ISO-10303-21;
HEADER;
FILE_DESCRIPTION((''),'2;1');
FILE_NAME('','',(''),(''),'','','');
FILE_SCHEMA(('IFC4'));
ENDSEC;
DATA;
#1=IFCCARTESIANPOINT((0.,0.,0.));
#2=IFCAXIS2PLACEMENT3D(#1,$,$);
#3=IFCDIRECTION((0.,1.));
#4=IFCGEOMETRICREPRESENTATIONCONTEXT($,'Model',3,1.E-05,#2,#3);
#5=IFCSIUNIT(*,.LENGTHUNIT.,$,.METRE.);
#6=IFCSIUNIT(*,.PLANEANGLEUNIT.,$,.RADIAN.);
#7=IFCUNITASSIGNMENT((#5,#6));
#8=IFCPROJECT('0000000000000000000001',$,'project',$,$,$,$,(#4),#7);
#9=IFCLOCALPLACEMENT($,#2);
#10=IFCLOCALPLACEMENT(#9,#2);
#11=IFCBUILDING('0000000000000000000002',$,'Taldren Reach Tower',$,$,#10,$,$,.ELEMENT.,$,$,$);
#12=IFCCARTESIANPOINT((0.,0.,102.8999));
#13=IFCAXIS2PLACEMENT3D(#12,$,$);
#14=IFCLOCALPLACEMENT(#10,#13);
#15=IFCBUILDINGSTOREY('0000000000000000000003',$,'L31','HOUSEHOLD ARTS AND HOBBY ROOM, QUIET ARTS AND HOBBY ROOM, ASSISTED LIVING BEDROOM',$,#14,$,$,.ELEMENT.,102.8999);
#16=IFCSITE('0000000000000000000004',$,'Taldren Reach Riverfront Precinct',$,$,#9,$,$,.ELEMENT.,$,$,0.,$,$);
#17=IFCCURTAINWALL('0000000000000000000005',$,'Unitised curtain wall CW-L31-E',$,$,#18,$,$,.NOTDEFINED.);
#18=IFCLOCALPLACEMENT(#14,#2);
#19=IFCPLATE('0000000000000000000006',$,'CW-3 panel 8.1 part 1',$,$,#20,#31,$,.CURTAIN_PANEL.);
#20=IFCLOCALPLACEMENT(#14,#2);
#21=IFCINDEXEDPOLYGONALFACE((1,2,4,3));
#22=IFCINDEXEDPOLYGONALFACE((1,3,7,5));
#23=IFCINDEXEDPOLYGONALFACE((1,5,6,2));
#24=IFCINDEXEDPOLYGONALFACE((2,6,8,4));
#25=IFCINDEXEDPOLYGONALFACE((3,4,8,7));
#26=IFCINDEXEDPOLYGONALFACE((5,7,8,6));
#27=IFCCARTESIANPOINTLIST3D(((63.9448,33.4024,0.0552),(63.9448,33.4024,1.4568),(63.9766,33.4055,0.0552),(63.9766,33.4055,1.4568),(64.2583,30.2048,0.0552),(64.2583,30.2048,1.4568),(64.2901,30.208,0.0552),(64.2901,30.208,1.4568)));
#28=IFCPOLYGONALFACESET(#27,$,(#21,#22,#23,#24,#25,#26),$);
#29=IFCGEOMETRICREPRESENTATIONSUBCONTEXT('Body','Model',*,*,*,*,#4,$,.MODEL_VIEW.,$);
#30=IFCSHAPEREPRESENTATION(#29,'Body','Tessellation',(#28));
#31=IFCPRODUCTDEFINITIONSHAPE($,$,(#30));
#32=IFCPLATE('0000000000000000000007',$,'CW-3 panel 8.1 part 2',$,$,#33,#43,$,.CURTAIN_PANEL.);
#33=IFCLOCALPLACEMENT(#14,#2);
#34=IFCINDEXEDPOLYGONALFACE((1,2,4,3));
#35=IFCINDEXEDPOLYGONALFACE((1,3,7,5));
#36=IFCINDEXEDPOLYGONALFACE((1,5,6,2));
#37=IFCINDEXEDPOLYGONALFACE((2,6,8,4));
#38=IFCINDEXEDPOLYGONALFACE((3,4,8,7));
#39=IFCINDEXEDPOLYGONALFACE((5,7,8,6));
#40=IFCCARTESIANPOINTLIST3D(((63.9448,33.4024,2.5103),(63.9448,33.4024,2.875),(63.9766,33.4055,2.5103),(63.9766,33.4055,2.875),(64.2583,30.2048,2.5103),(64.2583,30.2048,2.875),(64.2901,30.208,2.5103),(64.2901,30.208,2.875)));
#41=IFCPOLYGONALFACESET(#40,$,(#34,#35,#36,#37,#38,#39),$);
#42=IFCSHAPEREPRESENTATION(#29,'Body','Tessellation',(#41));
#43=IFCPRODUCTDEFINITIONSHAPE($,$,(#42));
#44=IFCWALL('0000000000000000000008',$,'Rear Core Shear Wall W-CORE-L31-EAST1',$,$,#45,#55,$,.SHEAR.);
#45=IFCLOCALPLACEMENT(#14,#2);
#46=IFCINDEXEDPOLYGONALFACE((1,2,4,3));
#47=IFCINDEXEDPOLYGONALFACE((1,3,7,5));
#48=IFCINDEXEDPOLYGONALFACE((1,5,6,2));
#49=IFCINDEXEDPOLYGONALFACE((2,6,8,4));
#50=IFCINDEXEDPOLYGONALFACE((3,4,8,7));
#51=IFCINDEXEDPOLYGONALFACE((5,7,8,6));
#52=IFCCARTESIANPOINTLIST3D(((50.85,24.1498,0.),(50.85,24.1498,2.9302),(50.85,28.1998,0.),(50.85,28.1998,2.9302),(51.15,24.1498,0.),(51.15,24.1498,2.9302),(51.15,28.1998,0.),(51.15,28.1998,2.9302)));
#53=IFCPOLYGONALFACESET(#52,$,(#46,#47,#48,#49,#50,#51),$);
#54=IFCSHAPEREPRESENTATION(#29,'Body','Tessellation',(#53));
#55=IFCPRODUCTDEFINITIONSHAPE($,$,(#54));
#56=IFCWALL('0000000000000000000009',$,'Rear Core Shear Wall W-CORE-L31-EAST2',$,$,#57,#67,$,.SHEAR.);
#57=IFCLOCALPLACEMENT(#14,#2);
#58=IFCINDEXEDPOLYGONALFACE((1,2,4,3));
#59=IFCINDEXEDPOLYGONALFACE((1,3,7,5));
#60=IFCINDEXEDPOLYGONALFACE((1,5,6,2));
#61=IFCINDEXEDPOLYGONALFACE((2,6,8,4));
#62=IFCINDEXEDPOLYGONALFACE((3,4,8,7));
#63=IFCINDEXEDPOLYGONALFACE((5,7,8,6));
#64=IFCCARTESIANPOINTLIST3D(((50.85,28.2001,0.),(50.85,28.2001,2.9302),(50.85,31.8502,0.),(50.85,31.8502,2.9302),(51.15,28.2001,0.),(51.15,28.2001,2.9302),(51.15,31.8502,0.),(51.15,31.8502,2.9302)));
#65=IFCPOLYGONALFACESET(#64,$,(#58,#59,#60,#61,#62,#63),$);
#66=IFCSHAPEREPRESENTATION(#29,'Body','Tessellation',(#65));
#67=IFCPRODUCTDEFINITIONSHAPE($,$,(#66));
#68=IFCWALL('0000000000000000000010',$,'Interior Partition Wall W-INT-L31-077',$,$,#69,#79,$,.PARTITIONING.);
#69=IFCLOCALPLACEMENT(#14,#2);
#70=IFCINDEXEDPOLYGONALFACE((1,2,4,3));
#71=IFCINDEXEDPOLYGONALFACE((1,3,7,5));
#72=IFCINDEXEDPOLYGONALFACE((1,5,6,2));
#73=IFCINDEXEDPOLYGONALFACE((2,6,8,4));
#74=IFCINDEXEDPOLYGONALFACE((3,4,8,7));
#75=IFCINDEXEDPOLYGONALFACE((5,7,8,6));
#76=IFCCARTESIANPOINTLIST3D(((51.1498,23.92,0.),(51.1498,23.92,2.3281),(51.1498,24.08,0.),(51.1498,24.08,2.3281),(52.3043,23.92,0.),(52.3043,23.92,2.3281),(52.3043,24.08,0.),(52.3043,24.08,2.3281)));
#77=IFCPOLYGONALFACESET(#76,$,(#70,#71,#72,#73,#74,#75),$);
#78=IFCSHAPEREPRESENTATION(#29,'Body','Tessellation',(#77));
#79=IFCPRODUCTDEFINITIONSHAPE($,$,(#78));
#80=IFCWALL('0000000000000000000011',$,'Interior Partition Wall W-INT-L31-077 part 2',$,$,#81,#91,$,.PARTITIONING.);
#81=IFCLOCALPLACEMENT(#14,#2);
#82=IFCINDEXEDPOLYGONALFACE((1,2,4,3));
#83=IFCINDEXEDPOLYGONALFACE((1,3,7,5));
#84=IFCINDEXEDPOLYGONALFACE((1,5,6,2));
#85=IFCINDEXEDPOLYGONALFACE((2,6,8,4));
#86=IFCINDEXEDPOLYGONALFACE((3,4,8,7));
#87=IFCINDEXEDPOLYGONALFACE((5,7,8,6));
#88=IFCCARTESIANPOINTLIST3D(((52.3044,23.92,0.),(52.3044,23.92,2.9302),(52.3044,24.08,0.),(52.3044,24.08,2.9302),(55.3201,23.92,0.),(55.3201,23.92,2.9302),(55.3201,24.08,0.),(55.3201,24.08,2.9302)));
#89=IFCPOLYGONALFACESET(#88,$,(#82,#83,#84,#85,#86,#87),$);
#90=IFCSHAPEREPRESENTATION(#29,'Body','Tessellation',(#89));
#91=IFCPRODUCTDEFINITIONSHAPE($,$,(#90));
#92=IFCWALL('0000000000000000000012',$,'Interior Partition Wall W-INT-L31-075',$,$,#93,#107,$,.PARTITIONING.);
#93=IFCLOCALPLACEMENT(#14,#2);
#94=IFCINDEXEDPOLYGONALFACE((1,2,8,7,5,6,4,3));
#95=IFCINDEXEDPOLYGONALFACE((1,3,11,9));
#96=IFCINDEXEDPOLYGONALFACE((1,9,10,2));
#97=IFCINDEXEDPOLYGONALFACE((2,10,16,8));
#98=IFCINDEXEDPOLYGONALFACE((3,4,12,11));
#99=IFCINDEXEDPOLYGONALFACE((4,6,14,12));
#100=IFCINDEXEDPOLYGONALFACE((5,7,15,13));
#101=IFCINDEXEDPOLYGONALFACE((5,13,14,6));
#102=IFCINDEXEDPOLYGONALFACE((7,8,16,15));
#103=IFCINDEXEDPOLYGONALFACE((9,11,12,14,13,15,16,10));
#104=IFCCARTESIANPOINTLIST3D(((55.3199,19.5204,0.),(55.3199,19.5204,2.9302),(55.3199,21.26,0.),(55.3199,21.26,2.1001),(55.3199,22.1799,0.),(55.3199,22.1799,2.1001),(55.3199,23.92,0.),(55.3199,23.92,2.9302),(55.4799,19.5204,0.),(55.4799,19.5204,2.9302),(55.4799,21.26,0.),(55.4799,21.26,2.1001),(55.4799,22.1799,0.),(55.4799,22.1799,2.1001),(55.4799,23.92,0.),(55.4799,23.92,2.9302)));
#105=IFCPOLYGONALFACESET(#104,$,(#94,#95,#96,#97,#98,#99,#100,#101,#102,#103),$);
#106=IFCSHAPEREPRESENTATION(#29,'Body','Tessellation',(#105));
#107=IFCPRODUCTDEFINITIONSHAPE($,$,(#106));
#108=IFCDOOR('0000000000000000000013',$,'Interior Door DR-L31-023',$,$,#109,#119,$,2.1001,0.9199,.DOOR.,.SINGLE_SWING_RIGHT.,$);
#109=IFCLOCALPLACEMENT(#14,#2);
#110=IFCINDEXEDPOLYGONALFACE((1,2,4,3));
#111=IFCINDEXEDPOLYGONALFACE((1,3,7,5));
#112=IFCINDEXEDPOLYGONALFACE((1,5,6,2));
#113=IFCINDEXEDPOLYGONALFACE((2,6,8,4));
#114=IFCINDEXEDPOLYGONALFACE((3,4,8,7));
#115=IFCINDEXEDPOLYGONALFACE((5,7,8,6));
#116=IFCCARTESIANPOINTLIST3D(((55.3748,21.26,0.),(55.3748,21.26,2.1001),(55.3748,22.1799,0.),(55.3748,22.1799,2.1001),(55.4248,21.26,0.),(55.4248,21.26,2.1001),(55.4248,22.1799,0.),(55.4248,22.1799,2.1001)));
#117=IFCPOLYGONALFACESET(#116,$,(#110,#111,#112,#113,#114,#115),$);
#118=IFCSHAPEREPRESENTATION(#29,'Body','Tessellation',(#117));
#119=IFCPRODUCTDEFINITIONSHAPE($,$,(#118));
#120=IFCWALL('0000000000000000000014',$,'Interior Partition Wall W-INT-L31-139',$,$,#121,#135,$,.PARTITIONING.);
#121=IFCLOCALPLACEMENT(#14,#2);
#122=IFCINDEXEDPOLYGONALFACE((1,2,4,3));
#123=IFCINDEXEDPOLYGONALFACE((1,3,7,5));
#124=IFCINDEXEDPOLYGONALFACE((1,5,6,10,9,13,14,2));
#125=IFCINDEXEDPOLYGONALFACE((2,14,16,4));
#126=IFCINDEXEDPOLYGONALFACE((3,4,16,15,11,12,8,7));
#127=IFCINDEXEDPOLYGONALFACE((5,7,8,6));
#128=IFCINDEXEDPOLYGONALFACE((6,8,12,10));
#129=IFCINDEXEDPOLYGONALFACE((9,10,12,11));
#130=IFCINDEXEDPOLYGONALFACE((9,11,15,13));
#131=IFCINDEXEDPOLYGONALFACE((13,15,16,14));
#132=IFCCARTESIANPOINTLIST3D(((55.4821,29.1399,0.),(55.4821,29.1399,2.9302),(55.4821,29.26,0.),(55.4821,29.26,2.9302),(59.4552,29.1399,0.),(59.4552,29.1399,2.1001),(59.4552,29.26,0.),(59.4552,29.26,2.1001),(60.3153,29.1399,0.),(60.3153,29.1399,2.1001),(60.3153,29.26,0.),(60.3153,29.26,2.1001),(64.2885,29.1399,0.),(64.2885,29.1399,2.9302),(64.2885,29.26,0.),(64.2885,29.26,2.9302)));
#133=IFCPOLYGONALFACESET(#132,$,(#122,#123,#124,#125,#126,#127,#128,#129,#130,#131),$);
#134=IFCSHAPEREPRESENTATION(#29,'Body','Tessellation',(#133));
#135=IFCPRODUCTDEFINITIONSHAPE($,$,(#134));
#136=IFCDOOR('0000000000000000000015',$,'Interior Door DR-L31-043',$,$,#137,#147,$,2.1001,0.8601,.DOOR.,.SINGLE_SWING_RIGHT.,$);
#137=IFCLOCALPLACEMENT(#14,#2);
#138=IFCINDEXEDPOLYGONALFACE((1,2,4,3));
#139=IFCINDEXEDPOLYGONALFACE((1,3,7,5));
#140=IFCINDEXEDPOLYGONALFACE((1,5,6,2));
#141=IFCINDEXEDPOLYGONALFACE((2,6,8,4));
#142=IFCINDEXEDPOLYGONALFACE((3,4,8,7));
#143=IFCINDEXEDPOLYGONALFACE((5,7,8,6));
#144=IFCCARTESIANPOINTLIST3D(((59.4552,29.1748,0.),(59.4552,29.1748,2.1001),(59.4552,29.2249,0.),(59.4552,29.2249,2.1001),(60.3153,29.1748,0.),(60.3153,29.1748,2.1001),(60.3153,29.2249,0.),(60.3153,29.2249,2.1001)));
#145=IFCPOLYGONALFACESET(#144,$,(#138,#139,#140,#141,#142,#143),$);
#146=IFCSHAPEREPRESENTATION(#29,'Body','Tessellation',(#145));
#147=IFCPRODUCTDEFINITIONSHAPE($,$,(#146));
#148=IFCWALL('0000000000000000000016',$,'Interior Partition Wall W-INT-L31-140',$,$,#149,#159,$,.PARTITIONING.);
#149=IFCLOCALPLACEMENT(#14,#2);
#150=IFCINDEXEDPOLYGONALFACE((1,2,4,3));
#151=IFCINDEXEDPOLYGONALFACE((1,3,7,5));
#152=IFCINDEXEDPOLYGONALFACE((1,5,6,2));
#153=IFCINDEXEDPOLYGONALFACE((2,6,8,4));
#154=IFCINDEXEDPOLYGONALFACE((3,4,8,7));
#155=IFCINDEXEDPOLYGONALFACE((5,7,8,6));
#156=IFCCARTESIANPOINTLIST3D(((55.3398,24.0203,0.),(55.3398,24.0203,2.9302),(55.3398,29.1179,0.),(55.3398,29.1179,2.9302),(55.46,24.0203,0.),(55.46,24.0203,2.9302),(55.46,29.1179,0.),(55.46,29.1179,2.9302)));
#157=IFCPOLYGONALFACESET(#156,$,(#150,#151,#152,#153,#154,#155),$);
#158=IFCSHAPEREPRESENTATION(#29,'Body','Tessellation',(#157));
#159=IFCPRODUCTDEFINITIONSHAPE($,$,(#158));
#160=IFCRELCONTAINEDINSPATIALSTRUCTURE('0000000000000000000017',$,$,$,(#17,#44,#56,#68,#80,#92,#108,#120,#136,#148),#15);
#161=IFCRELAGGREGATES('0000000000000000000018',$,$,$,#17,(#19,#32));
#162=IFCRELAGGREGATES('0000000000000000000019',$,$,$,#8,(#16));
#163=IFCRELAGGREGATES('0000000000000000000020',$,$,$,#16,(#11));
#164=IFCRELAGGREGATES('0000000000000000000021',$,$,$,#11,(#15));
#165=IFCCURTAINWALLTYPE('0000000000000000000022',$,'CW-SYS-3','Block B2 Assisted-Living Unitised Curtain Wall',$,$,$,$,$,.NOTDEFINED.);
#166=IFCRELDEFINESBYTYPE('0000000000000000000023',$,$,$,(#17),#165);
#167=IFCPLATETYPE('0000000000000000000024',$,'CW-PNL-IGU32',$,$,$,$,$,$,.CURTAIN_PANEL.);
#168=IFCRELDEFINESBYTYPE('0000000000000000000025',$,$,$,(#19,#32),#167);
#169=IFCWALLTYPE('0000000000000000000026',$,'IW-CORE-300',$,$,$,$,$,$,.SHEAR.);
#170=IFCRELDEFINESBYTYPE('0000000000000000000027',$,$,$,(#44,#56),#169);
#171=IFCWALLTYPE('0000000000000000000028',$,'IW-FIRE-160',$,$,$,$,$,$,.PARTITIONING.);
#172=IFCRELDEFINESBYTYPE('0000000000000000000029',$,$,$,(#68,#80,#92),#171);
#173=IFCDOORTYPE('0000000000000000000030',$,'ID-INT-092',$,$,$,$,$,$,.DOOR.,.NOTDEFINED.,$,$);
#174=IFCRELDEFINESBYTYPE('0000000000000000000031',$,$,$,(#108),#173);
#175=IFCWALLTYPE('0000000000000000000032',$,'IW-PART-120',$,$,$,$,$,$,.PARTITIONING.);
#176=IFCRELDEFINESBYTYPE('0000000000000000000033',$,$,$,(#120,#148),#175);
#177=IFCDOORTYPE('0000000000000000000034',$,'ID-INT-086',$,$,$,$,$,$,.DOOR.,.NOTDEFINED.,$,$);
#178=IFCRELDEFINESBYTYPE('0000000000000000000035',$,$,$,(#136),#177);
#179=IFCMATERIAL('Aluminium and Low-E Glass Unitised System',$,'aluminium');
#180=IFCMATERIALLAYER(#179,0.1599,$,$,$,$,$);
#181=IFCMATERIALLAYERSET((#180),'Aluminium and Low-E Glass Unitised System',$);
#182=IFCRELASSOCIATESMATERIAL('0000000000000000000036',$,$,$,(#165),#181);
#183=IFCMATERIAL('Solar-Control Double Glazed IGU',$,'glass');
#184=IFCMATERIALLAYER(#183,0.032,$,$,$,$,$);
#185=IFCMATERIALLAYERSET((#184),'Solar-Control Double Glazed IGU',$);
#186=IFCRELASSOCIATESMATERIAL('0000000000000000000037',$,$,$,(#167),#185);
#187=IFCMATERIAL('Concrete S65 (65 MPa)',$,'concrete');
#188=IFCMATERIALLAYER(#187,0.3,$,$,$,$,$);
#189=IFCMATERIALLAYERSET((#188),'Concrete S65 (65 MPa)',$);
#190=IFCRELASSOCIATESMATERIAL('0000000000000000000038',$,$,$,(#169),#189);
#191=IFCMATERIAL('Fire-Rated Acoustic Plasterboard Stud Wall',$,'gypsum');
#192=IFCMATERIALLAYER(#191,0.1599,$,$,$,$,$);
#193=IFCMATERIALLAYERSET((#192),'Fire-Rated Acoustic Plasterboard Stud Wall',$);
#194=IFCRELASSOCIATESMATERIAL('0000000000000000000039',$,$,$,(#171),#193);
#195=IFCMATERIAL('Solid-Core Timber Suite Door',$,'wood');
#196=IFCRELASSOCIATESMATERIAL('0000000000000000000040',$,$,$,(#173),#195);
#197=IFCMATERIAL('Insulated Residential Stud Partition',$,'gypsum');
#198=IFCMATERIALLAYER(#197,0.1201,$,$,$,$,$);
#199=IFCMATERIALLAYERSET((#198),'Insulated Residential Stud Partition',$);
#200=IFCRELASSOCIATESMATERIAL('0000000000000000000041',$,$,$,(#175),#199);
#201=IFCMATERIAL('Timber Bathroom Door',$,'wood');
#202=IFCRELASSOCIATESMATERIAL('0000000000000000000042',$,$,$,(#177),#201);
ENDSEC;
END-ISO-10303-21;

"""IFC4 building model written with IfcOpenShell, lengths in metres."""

from ifc_helpers import new_model, si_unit, direction, frame, frame_2d, origin, origin_2d, place, context, subcontext, project, spatial, rectangle, extrude, source, transform, mapped, material, layer, layer_set, type_object, element, fill, aggregate, save


model = new_model("IFC4")

# Units and contexts
model_context = context("Model", 3, precision=1e-05, world=origin(), true_north=direction((0.0, 1.0)))
body_context = subcontext(model_context, "Body", "Model", "MODEL_VIEW")
ifc_project = project(units=[si_unit("LENGTHUNIT", "METRE"), si_unit("PLANEANGLEUNIT", "RADIAN")], contexts=[model_context])

# Site, building, storey
site_placement = place(None, origin())
site = spatial("IfcSite", under=ifc_project, at=site_placement, Name="Taldren Reach Riverfront Precinct", CompositionType="ELEMENT", RefElevation=0.0)
building_placement = place(site_placement, origin())
building = spatial("IfcBuilding", under=site, at=building_placement, Name="Taldren Reach Tower", CompositionType="ELEMENT")
storey_placement = place(building_placement, frame((0.0, 0.0, 102.8999)))
storey = spatial("IfcBuildingStorey", under=building, at=storey_placement, Name="L31", Description="HOUSEHOLD ARTS AND HOBBY ROOM, QUIET ARTS AND HOBBY ROOM, ASSISTED LIVING BEDROOM", CompositionType="ELEMENT", Elevation=102.8999)

# Shared definitions
ifc_material_1 = material(Name="Concrete S65 (65 MPa)", Category="concrete")

# Curtain wall, plates
ifc_material_2 = material(Name="Aluminium and Low-E Glass Unitised System", Category="aluminium")
ifc_layer_1 = layer(ifc_material_2, 0.1599)
ifc_layer_set_1 = layer_set([ifc_layer_1], Name="Aluminium and Low-E Glass Unitised System")
curtain_wall_type = type_object("IfcCurtainWallType", Name="CW-SYS-3", Description="Block B2 Assisted-Living Unitised Curtain Wall", PredefinedType="NOTDEFINED", material=ifc_layer_set_1)
curtain_wall_placement = place(storey_placement, origin())
curtain_wall = element("IfcCurtainWall", 1, at=curtain_wall_placement, inside=storey, type_object=curtain_wall_type, Name="Unitised curtain wall CW-L31-E", PredefinedType="NOTDEFINED")
ifc_material_3 = material(Name="Solar-Control Double Glazed IGU", Category="glass")
ifc_layer_2 = layer(ifc_material_3, 0.032)
ifc_layer_set_2 = layer_set([ifc_layer_2], Name="Solar-Control Double Glazed IGU")
plate_type = type_object("IfcPlateType", Name="CW-PNL-IGU32", PredefinedType="CURTAIN_PANEL", material=ifc_layer_set_2)
shared_shape_1 = source(origin(), body_context, "Body", "SweptSolid", [
    extrude(rectangle(XDim=3.2129, YDim=0.032, at=origin_2d()), origin(), (0.0, 0.0, 1.0), 1.4016),
])
plate_1_placement = place(storey_placement, frame((64.1174, 31.8052, 0.0552), z_axis=(0.0, 0.0, 1.0), x_axis=(-0.097583, 0.995227, 0.0)))
plate_1 = element("IfcPlate", 2, at=plate_1_placement, type_object=plate_type, Name="CW-3 panel 8.1 part 1", PredefinedType="CURTAIN_PANEL", context=body_context, shape_type="MappedRepresentation", body=[
    mapped(shared_shape_1, transform((0.0, 0.0, 0.0), scale=1.0)),
])
shared_shape_2 = source(origin(), body_context, "Body", "SweptSolid", [
    extrude(rectangle(XDim=3.2129, YDim=0.032, at=origin_2d()), origin(), (0.0, 0.0, 1.0), 0.3647),
])
plate_2_placement = place(storey_placement, frame((64.1174, 31.8052, 2.5103), z_axis=(0.0, 0.0, 1.0), x_axis=(-0.097583, 0.995227, 0.0)))
plate_2 = element("IfcPlate", 3, at=plate_2_placement, type_object=plate_type, Name="CW-3 panel 8.1 part 2", PredefinedType="CURTAIN_PANEL", context=body_context, shape_type="MappedRepresentation", body=[
    mapped(shared_shape_2, transform((0.0, 0.0, 0.0), scale=1.0)),
])
aggregate(curtain_wall, [plate_1, plate_2])

# Walls
ifc_layer_3 = layer(ifc_material_1, 0.3)
ifc_layer_set_3 = layer_set([ifc_layer_3], Name="Concrete S65 (65 MPa)")
wall_type_1 = type_object("IfcWallType", Name="IW-CORE-300", PredefinedType="SHEAR", material=ifc_layer_set_3)
shared_shape_3 = source(origin(), body_context, "Body", "SweptSolid", [
    extrude(rectangle(XDim=4.05, YDim=0.3, at=frame_2d((2.0249, 0.0))), origin(), (0.0, 0.0, 1.0), 2.9302),
])
wall_1_placement = place(storey_placement, frame((51.0, 24.1499, 0.0), z_axis=(0.0, 0.0, 1.0), x_axis=(0.0, 1.0, 0.0)))
element("IfcWall", 4, at=wall_1_placement, inside=storey, type_object=wall_type_1, Name="Rear Core Shear Wall W-CORE-L31-EAST1", PredefinedType="SHEAR", context=body_context, shape_type="MappedRepresentation", body=[
    mapped(shared_shape_3, transform((0.0, 0.0, 0.0), scale=1.0)),
])
shared_shape_4 = source(origin(), body_context, "Body", "SweptSolid", [
    extrude(rectangle(XDim=3.6501, YDim=0.3, at=frame_2d((1.8252, 0.0))), origin(), (0.0, 0.0, 1.0), 2.9302),
])
wall_2_placement = place(storey_placement, frame((51.0, 28.2, 0.0), z_axis=(0.0, 0.0, 1.0), x_axis=(0.0, 1.0, 0.0)))
element("IfcWall", 5, at=wall_2_placement, inside=storey, type_object=wall_type_1, Name="Rear Core Shear Wall W-CORE-L31-EAST2", PredefinedType="SHEAR", context=body_context, shape_type="MappedRepresentation", body=[
    mapped(shared_shape_4, transform((0.0, 0.0, 0.0), scale=1.0)),
])
ifc_material_4 = material(Name="Fire-Rated Acoustic Plasterboard Stud Wall", Category="gypsum")
ifc_layer_4 = layer(ifc_material_4, 0.1599)
ifc_layer_set_4 = layer_set([ifc_layer_4], Name="Fire-Rated Acoustic Plasterboard Stud Wall")
wall_type_2 = type_object("IfcWallType", Name="IW-FIRE-160", PredefinedType="PARTITIONING", material=ifc_layer_set_4)
shared_shape_5 = source(origin(), body_context, "Body", "SweptSolid", [
    extrude(rectangle(XDim=1.1545, YDim=0.1599, at=frame_2d((0.5771, 0.0))), origin(), (0.0, 0.0, 1.0), 2.3281),
])
wall_3_placement = place(storey_placement, frame((51.1499, 24.0, 0.0), z_axis=(0.0, 0.0, 1.0), x_axis=(1.0, 0.0, 0.0)))
element("IfcWall", 6, at=wall_3_placement, inside=storey, type_object=wall_type_2, Name="Interior Partition Wall W-INT-L31-077", PredefinedType="PARTITIONING", context=body_context, shape_type="MappedRepresentation", body=[
    mapped(shared_shape_5, transform((0.0, 0.0, 0.0), scale=1.0)),
])
shared_shape_6 = source(origin(), body_context, "Body", "SweptSolid", [
    extrude(rectangle(XDim=3.0156, YDim=0.1599, at=frame_2d((1.5078, 0.0))), origin(), (0.0, 0.0, 1.0), 2.9302),
])
wall_4_placement = place(storey_placement, frame((52.3044, 24.0, 0.0), z_axis=(0.0, 0.0, 1.0), x_axis=(1.0, 0.0, 0.0)))
element("IfcWall", 7, at=wall_4_placement, inside=storey, type_object=wall_type_2, Name="Interior Partition Wall W-INT-L31-077 part 2", PredefinedType="PARTITIONING", context=body_context, shape_type="MappedRepresentation", body=[
    mapped(shared_shape_6, transform((0.0, 0.0, 0.0), scale=1.0)),
])

# Walls, openings, doors
shared_shape_7 = source(origin(), body_context, "Body", "SweptSolid", [
    extrude(rectangle(XDim=4.3997, YDim=0.1599, at=frame_2d((2.1997, 0.0))), origin(), (0.0, 0.0, 1.0), 2.9302),
])
wall_5_placement = place(storey_placement, frame((55.3999, 23.9199, 0.0), z_axis=(0.0, 0.0, 1.0), x_axis=(0.0, -1.0, 0.0)))
wall_5 = element("IfcWall", 8, at=wall_5_placement, inside=storey, type_object=wall_type_2, Name="Interior Partition Wall W-INT-L31-075", PredefinedType="PARTITIONING", context=body_context, shape_type="MappedRepresentation", body=[
    mapped(shared_shape_7, transform((0.0, 0.0, 0.0), scale=1.0)),
])
shared_shape_8 = source(origin(), body_context, "Body", "SweptSolid", [
    extrude(rectangle(XDim=0.9199, YDim=2.1001, at=frame_2d((0.46, 1.05))), frame((0.0, 0.0898, 0.0), z_axis=(0.0, -1.0, 0.0), x_axis=(1.0, 0.0, 0.0)), (0.0, 0.0, 1.0), 0.1799),
])
opening_1_placement = place(wall_5_placement, frame((1.74, 0.0, 0.0)))
opening_1 = element("IfcOpeningElement", 9, at=opening_1_placement, cuts=wall_5, PredefinedType="OPENING", context=body_context, shape_type="MappedRepresentation", body=[
    mapped(shared_shape_8, transform((0.0, 0.0, 0.0), scale=1.0)),
])
ifc_material_5 = material(Name="Solid-Core Timber Suite Door", Category="wood")
door_type_1 = type_object("IfcDoorType", Name="ID-INT-092", OperationType="NOTDEFINED", PredefinedType="DOOR", material=ifc_material_5)
shared_shape_9 = source(origin(), body_context, "Body", "SweptSolid", [
    extrude(rectangle(XDim=0.9199, YDim=2.1001, at=frame_2d((0.46, 1.05))), frame((0.0, 0.0249, 0.0), z_axis=(0.0, -1.0, 0.0), x_axis=(1.0, 0.0, 0.0)), (0.0, 0.0, 1.0), 0.05),
])
door_1_placement = place(opening_1_placement, origin())
door_1 = element("IfcDoor", 10, at=door_1_placement, inside=storey, type_object=door_type_1, Name="Interior Door DR-L31-023", OperationType="SINGLE_SWING_RIGHT", OverallHeight=2.1001, OverallWidth=0.9199, PredefinedType="DOOR", context=body_context, shape_type="MappedRepresentation", body=[
    mapped(shared_shape_9, transform((0.0, 0.0, 0.0), scale=1.0)),
])
fill(opening_1, door_1)
ifc_material_6 = material(Name="Insulated Residential Stud Partition", Category="gypsum")
ifc_layer_5 = layer(ifc_material_6, 0.1201)
ifc_layer_set_5 = layer_set([ifc_layer_5], Name="Insulated Residential Stud Partition")
wall_type_3 = type_object("IfcWallType", Name="IW-PART-120", PredefinedType="PARTITIONING", material=ifc_layer_set_5)
shared_shape_10 = source(origin(), body_context, "Body", "SweptSolid", [
    extrude(rectangle(XDim=8.8064, YDim=0.1201, at=frame_2d((4.4033, 0.0))), origin(), (0.0, 0.0, 1.0), 2.9302),
])
wall_6_placement = place(storey_placement, frame((55.4819, 29.2, 0.0), z_axis=(0.0, 0.0, 1.0), x_axis=(1.0, 0.0, 0.0)))
wall_6 = element("IfcWall", 11, at=wall_6_placement, inside=storey, type_object=wall_type_3, Name="Interior Partition Wall W-INT-L31-139", PredefinedType="PARTITIONING", context=body_context, shape_type="MappedRepresentation", body=[
    mapped(shared_shape_10, transform((0.0, 0.0, 0.0), scale=1.0)),
])
shared_shape_11 = source(origin(), body_context, "Body", "SweptSolid", [
    extrude(rectangle(XDim=0.8601, YDim=2.1001, at=frame_2d((0.4302, 1.05))), frame((0.0, 0.0701, 0.0), z_axis=(0.0, -1.0, 0.0), x_axis=(1.0, 0.0, 0.0)), (0.0, 0.0, 1.0), 0.1401),
])
opening_2_placement = place(wall_6_placement, frame((3.9731, 0.0, 0.0)))
opening_2 = element("IfcOpeningElement", 12, at=opening_2_placement, cuts=wall_6, PredefinedType="OPENING", context=body_context, shape_type="MappedRepresentation", body=[
    mapped(shared_shape_11, transform((0.0, 0.0, 0.0), scale=1.0)),
])
ifc_material_7 = material(Name="Timber Bathroom Door", Category="wood")
door_type_2 = type_object("IfcDoorType", Name="ID-INT-086", OperationType="NOTDEFINED", PredefinedType="DOOR", material=ifc_material_7)
shared_shape_12 = source(origin(), body_context, "Body", "SweptSolid", [
    extrude(rectangle(XDim=0.8601, YDim=2.1001, at=frame_2d((0.4302, 1.05))), frame((0.0, 0.0249, 0.0), z_axis=(0.0, -1.0, 0.0), x_axis=(1.0, 0.0, 0.0)), (0.0, 0.0, 1.0), 0.05),
])
door_2_placement = place(opening_2_placement, origin())
door_2 = element("IfcDoor", 13, at=door_2_placement, inside=storey, type_object=door_type_2, Name="Interior Door DR-L31-043", OperationType="SINGLE_SWING_RIGHT", OverallHeight=2.1001, OverallWidth=0.8601, PredefinedType="DOOR", context=body_context, shape_type="MappedRepresentation", body=[
    mapped(shared_shape_12, transform((0.0, 0.0, 0.0), scale=1.0)),
])
fill(opening_2, door_2)

# Wall
shared_shape_13 = source(origin(), body_context, "Body", "SweptSolid", [
    extrude(rectangle(XDim=5.0977, YDim=0.1201, at=frame_2d((2.5488, 0.0))), origin(), (0.0, 0.0, 1.0), 2.9302),
])
wall_7_placement = place(storey_placement, frame((55.3999, 24.0203, 0.0), z_axis=(0.0, 0.0, 1.0), x_axis=(0.0, 1.0, 0.0)))
element("IfcWall", 14, at=wall_7_placement, inside=storey, type_object=wall_type_3, Name="Interior Partition Wall W-INT-L31-140", PredefinedType="PARTITIONING", context=body_context, shape_type="MappedRepresentation", body=[
    mapped(shared_shape_13, transform((0.0, 0.0, 0.0), scale=1.0)),
])

save(model, "model.ifc")
